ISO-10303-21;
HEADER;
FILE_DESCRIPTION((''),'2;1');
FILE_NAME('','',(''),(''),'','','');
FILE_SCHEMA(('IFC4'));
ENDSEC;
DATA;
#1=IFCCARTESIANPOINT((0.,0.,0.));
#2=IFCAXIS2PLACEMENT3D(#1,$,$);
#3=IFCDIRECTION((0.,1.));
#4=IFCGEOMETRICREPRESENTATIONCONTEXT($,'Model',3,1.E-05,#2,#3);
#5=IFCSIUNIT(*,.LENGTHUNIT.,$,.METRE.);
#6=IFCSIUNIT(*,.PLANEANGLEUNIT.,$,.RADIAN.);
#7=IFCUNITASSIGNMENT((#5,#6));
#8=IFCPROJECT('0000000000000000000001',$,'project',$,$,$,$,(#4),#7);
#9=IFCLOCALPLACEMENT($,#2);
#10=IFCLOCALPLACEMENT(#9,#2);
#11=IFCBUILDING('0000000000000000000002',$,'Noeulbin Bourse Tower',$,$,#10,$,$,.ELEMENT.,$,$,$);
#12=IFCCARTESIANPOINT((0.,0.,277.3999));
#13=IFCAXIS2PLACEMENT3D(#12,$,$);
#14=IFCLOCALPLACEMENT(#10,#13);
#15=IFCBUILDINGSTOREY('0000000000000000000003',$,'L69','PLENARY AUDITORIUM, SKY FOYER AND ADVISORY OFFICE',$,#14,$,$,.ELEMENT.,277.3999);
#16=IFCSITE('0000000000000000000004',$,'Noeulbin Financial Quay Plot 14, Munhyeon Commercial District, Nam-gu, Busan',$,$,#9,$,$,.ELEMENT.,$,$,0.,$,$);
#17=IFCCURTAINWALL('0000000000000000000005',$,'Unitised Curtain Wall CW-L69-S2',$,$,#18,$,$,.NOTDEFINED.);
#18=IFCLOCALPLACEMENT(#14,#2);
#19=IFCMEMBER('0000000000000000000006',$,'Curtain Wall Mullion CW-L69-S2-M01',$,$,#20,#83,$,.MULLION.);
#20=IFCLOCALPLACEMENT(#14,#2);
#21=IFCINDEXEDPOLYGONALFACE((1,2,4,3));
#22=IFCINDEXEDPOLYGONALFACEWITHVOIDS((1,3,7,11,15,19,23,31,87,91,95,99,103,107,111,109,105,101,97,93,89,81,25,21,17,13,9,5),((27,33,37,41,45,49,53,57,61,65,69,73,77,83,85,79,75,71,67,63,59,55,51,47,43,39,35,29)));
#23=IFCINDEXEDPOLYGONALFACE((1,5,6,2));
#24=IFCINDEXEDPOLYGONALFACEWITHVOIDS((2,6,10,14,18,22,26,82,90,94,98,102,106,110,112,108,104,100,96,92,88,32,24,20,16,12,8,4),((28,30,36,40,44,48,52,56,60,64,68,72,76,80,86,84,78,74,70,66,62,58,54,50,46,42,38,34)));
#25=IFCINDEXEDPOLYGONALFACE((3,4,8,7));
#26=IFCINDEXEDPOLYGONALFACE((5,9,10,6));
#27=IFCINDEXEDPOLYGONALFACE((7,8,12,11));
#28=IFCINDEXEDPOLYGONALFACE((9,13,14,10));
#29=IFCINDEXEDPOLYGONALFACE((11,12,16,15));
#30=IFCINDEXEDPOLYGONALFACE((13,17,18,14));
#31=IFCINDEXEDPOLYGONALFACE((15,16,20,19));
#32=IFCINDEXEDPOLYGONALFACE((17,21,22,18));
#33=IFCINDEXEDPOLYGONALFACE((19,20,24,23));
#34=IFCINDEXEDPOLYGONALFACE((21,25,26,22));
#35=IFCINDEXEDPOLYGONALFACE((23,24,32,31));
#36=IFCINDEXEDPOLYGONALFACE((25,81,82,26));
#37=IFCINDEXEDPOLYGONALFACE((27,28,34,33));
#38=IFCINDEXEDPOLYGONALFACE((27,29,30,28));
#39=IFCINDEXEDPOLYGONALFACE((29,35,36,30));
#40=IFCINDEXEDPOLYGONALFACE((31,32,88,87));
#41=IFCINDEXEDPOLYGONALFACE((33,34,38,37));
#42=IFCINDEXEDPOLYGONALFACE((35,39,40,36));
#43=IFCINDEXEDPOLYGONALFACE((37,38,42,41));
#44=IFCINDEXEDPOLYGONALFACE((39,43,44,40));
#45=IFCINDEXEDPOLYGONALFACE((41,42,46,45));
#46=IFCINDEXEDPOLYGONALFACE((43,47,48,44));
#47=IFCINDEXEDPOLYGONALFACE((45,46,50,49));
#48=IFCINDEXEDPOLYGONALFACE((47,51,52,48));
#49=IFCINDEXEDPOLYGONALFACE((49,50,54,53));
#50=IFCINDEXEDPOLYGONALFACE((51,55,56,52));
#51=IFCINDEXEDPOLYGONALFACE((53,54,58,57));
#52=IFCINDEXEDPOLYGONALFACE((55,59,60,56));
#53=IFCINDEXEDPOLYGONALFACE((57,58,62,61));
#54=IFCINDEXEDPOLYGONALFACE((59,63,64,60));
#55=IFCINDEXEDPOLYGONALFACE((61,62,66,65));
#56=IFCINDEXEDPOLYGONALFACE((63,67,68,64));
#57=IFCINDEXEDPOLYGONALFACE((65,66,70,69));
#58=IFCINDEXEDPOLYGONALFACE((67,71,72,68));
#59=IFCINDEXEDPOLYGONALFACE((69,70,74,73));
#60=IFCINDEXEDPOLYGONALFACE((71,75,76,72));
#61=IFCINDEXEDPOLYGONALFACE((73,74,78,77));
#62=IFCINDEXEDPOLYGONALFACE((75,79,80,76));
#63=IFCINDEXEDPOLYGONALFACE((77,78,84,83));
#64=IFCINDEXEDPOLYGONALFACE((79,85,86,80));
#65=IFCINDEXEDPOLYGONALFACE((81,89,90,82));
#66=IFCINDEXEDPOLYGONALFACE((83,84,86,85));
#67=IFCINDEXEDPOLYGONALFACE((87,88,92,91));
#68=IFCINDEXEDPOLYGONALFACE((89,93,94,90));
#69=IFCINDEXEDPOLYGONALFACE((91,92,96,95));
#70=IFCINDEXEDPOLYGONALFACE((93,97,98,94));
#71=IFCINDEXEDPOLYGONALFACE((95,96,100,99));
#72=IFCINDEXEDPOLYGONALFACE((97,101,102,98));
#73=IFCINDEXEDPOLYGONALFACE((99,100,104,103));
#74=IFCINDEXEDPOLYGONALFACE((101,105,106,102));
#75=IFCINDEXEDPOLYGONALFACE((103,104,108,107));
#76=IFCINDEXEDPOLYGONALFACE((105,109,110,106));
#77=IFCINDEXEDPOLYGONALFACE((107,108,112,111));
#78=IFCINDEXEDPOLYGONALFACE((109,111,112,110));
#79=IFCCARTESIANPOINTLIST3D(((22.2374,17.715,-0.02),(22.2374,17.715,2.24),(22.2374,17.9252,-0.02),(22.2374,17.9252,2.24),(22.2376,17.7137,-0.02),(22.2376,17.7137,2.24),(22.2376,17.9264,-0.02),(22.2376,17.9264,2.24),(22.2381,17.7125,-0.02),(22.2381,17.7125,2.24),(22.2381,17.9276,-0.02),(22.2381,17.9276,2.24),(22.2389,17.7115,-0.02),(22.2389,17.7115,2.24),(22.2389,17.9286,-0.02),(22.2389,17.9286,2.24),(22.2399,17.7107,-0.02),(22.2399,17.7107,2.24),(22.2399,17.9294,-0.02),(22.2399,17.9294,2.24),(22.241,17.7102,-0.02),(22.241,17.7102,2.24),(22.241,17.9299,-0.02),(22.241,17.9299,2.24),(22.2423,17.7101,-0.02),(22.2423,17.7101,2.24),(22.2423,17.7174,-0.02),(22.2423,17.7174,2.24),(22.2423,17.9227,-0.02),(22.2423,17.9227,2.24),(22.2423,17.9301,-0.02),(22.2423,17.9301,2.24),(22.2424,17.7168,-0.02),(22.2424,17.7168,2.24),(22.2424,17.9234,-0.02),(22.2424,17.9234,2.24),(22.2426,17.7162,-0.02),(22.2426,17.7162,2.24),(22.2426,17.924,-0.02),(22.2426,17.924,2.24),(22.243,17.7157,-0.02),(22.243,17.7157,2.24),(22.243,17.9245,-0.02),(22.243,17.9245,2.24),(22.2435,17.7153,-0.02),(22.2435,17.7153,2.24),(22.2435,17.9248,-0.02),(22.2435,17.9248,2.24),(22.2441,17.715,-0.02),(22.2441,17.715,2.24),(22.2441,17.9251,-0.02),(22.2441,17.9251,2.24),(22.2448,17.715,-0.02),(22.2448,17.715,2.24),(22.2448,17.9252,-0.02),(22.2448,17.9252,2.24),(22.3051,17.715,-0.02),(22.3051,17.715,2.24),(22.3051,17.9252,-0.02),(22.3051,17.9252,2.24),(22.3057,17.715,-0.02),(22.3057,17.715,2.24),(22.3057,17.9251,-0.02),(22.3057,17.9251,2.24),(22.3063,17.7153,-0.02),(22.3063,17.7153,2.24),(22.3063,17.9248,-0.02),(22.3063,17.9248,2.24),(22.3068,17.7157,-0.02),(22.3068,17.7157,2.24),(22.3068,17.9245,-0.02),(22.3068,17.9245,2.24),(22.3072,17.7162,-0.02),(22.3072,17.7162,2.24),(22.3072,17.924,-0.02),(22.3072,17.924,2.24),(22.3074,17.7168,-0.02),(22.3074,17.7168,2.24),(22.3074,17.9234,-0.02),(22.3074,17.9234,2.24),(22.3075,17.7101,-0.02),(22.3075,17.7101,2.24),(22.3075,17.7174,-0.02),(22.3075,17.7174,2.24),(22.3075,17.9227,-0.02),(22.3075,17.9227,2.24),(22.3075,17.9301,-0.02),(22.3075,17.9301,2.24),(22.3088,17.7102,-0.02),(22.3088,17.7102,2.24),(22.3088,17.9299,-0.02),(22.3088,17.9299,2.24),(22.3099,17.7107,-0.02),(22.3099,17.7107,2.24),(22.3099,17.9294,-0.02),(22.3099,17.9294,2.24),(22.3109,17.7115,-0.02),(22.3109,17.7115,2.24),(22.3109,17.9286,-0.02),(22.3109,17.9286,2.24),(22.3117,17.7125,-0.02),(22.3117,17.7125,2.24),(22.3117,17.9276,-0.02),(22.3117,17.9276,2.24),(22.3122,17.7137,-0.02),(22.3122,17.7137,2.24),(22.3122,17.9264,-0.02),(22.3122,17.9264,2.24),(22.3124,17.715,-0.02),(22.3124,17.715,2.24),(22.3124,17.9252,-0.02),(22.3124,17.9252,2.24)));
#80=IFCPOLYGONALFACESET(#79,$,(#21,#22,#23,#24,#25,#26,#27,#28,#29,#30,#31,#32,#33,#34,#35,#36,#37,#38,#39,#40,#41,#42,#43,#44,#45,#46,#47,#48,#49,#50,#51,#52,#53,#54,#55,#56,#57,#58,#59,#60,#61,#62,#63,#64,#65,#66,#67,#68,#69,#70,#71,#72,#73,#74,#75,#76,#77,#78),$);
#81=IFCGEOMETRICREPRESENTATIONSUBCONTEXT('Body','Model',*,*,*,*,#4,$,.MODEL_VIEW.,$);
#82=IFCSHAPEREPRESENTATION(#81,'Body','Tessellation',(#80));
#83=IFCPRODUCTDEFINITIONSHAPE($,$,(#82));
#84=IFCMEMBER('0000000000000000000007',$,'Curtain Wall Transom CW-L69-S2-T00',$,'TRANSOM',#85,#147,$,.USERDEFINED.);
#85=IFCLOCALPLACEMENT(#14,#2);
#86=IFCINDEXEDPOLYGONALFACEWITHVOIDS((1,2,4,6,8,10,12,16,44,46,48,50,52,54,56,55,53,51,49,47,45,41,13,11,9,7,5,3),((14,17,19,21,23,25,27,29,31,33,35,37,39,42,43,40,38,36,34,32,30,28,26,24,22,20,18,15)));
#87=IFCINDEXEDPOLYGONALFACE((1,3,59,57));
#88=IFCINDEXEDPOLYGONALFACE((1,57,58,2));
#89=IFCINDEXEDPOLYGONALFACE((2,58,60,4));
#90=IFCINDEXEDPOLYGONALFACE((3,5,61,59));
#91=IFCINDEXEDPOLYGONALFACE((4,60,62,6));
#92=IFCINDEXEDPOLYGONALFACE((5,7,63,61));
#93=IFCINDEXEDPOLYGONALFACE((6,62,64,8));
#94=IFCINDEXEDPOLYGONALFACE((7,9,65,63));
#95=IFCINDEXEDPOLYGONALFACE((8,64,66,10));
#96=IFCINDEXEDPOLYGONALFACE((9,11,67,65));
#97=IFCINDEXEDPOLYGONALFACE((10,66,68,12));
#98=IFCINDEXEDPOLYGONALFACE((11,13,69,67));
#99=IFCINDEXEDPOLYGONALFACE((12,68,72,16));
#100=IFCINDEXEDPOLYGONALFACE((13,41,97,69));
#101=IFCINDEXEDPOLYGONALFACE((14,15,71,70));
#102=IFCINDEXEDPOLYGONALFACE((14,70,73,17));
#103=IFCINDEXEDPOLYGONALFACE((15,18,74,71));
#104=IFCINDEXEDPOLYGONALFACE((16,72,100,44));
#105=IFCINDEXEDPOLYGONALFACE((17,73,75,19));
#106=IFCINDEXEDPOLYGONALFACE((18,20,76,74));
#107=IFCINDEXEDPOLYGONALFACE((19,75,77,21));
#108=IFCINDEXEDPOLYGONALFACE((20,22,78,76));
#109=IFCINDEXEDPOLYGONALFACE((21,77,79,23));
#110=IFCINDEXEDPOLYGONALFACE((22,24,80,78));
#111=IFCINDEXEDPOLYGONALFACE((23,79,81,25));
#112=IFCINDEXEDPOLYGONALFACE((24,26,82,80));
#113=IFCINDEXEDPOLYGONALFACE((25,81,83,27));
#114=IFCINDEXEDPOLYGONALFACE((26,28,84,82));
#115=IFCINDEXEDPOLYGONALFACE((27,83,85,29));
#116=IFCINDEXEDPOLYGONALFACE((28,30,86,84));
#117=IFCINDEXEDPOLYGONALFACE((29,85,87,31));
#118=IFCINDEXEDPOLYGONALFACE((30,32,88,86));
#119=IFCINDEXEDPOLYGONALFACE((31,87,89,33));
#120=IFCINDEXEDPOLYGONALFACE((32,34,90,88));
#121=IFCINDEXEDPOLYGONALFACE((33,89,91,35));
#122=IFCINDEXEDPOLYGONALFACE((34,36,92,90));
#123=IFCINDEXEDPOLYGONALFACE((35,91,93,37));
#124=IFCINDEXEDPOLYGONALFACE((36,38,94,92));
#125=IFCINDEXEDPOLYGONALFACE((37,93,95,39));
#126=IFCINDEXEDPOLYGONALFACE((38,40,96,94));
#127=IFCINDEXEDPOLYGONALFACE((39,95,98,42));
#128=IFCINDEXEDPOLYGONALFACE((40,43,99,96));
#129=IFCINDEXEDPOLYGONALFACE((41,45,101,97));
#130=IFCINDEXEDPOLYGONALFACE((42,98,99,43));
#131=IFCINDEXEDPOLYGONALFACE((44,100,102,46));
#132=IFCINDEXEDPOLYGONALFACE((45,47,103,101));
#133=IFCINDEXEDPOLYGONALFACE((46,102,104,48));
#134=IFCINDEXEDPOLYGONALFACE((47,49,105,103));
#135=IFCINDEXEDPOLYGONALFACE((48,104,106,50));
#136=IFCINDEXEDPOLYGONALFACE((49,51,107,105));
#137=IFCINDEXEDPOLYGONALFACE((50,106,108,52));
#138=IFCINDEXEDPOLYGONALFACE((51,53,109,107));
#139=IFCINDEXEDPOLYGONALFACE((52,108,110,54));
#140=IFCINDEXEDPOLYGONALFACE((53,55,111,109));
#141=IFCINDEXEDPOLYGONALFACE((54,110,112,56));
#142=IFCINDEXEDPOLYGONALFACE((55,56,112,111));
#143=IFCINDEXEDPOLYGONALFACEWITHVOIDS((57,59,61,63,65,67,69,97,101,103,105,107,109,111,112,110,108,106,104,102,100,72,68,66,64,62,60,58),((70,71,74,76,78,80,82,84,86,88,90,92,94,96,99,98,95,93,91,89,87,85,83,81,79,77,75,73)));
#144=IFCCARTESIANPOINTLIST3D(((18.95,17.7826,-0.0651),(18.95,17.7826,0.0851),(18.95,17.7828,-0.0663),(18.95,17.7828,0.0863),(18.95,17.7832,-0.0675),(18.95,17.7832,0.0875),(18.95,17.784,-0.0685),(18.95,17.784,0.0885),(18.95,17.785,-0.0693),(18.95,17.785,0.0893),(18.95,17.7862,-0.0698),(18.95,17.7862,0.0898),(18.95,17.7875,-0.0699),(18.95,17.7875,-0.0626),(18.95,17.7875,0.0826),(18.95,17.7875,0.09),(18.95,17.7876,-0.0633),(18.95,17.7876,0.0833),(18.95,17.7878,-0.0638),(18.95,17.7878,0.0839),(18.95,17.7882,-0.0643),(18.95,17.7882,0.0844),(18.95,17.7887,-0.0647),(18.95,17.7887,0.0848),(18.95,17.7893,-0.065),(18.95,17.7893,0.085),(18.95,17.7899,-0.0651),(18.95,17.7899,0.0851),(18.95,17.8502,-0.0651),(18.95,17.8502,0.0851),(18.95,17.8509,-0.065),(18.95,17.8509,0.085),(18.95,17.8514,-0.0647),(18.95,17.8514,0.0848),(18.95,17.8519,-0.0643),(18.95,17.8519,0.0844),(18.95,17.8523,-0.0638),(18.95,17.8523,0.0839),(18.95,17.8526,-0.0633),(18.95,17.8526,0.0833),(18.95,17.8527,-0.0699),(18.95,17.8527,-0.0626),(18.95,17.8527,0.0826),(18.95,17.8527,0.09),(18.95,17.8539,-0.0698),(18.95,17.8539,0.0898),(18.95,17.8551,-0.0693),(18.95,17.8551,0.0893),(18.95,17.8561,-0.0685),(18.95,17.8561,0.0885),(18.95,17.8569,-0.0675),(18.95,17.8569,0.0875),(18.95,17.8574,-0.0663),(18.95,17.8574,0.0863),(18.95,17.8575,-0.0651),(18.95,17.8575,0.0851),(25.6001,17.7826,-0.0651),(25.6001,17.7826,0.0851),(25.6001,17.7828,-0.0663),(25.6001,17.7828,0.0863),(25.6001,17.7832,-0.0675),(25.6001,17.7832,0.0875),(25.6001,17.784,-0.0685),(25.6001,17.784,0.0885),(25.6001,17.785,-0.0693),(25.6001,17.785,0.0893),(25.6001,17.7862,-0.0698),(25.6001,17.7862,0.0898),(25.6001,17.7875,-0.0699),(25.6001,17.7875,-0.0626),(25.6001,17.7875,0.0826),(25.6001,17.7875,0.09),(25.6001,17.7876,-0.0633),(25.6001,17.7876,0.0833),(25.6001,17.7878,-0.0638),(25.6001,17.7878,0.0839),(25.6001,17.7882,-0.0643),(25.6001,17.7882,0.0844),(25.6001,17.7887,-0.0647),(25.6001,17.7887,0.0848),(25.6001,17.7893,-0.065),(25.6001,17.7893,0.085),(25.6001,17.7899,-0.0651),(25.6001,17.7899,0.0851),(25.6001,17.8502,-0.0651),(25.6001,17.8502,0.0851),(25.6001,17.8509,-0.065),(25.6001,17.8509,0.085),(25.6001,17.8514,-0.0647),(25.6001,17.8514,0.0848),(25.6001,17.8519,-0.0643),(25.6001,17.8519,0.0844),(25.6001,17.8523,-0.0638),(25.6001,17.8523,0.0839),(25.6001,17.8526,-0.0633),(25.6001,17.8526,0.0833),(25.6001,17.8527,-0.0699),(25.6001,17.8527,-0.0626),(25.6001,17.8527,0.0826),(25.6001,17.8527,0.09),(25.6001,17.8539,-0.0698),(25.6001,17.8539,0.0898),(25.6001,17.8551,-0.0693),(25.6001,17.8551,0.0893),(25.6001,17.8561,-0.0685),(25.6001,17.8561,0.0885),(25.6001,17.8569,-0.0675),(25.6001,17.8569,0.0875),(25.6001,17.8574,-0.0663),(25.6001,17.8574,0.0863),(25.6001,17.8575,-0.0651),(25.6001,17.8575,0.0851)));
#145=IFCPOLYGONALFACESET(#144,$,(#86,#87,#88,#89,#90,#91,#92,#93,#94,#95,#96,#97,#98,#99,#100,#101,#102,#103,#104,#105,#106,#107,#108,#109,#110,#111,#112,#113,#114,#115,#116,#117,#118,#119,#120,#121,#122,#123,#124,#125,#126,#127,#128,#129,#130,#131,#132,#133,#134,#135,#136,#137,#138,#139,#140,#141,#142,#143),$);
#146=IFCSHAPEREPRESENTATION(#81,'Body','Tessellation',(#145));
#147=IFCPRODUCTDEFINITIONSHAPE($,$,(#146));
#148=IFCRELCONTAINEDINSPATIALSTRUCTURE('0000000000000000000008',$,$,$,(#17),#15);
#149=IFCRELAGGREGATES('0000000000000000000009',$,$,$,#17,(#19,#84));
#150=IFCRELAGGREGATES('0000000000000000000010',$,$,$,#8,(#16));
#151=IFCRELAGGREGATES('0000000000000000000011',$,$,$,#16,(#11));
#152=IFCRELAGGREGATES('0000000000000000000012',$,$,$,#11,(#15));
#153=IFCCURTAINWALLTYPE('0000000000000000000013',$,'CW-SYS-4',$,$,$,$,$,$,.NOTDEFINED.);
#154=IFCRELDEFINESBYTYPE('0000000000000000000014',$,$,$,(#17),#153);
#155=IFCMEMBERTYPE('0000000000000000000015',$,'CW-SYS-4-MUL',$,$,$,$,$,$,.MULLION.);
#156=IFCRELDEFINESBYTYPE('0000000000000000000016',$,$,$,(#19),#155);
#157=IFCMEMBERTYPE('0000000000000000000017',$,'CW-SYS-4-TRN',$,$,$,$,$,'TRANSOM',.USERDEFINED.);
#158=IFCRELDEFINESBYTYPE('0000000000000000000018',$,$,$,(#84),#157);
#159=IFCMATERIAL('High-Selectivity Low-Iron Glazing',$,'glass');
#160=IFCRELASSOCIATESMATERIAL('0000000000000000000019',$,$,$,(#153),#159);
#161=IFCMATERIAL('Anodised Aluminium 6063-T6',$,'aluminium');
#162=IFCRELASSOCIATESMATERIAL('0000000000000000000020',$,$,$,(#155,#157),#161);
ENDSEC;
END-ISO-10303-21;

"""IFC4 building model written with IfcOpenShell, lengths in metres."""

from ifc_helpers import new_model, si_unit, direction, frame, origin, origin_2d, place, context, subcontext, project, spatial, hollow_rectangle, extrude, material, material_profile, profile_set, type_object, element, aggregate, save


model = new_model("IFC4")

# Units and contexts
model_context = context("Model", 3, precision=1e-05, world=origin(), true_north=direction((0.0, 1.0)))
body_context = subcontext(model_context, "Body", "Model", "MODEL_VIEW")
ifc_project = project(units=[si_unit("LENGTHUNIT", "METRE"), si_unit("PLANEANGLEUNIT", "RADIAN")], contexts=[model_context])

# Site, building, storey
site_placement = place(None, origin())
site = spatial("IfcSite", under=ifc_project, at=site_placement, Name="Noeulbin Financial Quay Plot 14, Munhyeon Commercial District, Nam-gu, Busan", CompositionType="ELEMENT", RefElevation=0.0)
building_placement = place(site_placement, origin())
building = spatial("IfcBuilding", under=site, at=building_placement, Name="Noeulbin Bourse Tower", CompositionType="ELEMENT")
storey_placement = place(building_placement, frame((0.0, 0.0, 277.3999)))
storey = spatial("IfcBuildingStorey", under=building, at=storey_placement, Name="L69", Description="PLENARY AUDITORIUM, SKY FOYER AND ADVISORY OFFICE", CompositionType="ELEMENT", Elevation=277.3999)

# Shared definitions
ifc_material_1 = material(Name="High-Selectivity Low-Iron Glazing", Category="glass")
curtain_wall_type = type_object("IfcCurtainWallType", Name="CW-SYS-4", PredefinedType="NOTDEFINED", material=ifc_material_1)
ifc_material_2 = material(Name="Anodised Aluminium 6063-T6", Category="aluminium")
ifc_material_profile_1 = material_profile(ifc_material_2, hollow_rectangle(XDim=0.075, YDim=0.22, WallThickness=0.0049, InnerFilletRadius=0.0024, OuterFilletRadius=0.0049, at=origin_2d()), Name="ALU-MULL-75x220x5", Category="LoadBearing")
ifc_profile_set_1 = profile_set([ifc_material_profile_1], Name="Anodised Aluminium 6063-T6")
member_type_1 = type_object("IfcMemberType", Name="CW-SYS-4-MUL", PredefinedType="MULLION", material=ifc_profile_set_1)

# Curtain wall, members
curtain_wall_1_placement = place(storey_placement, origin())
curtain_wall_1 = element("IfcCurtainWall", 1, at=curtain_wall_1_placement, inside=storey, type_object=curtain_wall_type, Name="Unitised Curtain Wall CW-L69-S2", PredefinedType="NOTDEFINED")
member_1_placement = place(storey_placement, frame((22.2749, 17.8201, -0.02), z_axis=(0.0, 0.0, 1.0), x_axis=(1.0, 0.0, 0.0)))
member_1 = element("IfcMember", 2, at=member_1_placement, type_object=member_type_1, Name="Curtain Wall Mullion CW-L69-S2-M01", PredefinedType="MULLION", context=body_context, shape_type="SweptSolid", body=[
    extrude(hollow_rectangle(XDim=0.075, YDim=0.22, WallThickness=0.0049, InnerFilletRadius=0.0024, OuterFilletRadius=0.0049, at=origin_2d()), origin(), (0.0, 0.0, 1.0), 2.26),
])
ifc_material_profile_2 = material_profile(ifc_material_2, hollow_rectangle(XDim=0.075, YDim=0.1599, WallThickness=0.0049, InnerFilletRadius=0.0024, OuterFilletRadius=0.0049, at=origin_2d()), Name="ALU-TRAN-75x160x5", Category="LoadBearing")
ifc_profile_set_2 = profile_set([ifc_material_profile_2], Name="Anodised Aluminium 6063-T6")
member_type_2 = type_object("IfcMemberType", Name="CW-SYS-4-TRN", ElementType="TRANSOM", PredefinedType="USERDEFINED", material=ifc_profile_set_2)
member_2_placement = place(storey_placement, frame((18.95, 17.8201, 0.01), z_axis=(1.0, 0.0, 0.0), x_axis=(0.0, 1.0, 0.0)))
member_2 = element("IfcMember", 3, at=member_2_placement, type_object=member_type_2, Name="Curtain Wall Transom CW-L69-S2-T00", ObjectType="TRANSOM", PredefinedType="USERDEFINED", context=body_context, shape_type="SweptSolid", body=[
    extrude(hollow_rectangle(XDim=0.075, YDim=0.1599, WallThickness=0.0049, InnerFilletRadius=0.0024, OuterFilletRadius=0.0049, at=origin_2d()), origin(), (0.0, 0.0, 1.0), 6.6501),
])
aggregate(curtain_wall_1, [member_1, member_2])

save(model, "model.ifc")
